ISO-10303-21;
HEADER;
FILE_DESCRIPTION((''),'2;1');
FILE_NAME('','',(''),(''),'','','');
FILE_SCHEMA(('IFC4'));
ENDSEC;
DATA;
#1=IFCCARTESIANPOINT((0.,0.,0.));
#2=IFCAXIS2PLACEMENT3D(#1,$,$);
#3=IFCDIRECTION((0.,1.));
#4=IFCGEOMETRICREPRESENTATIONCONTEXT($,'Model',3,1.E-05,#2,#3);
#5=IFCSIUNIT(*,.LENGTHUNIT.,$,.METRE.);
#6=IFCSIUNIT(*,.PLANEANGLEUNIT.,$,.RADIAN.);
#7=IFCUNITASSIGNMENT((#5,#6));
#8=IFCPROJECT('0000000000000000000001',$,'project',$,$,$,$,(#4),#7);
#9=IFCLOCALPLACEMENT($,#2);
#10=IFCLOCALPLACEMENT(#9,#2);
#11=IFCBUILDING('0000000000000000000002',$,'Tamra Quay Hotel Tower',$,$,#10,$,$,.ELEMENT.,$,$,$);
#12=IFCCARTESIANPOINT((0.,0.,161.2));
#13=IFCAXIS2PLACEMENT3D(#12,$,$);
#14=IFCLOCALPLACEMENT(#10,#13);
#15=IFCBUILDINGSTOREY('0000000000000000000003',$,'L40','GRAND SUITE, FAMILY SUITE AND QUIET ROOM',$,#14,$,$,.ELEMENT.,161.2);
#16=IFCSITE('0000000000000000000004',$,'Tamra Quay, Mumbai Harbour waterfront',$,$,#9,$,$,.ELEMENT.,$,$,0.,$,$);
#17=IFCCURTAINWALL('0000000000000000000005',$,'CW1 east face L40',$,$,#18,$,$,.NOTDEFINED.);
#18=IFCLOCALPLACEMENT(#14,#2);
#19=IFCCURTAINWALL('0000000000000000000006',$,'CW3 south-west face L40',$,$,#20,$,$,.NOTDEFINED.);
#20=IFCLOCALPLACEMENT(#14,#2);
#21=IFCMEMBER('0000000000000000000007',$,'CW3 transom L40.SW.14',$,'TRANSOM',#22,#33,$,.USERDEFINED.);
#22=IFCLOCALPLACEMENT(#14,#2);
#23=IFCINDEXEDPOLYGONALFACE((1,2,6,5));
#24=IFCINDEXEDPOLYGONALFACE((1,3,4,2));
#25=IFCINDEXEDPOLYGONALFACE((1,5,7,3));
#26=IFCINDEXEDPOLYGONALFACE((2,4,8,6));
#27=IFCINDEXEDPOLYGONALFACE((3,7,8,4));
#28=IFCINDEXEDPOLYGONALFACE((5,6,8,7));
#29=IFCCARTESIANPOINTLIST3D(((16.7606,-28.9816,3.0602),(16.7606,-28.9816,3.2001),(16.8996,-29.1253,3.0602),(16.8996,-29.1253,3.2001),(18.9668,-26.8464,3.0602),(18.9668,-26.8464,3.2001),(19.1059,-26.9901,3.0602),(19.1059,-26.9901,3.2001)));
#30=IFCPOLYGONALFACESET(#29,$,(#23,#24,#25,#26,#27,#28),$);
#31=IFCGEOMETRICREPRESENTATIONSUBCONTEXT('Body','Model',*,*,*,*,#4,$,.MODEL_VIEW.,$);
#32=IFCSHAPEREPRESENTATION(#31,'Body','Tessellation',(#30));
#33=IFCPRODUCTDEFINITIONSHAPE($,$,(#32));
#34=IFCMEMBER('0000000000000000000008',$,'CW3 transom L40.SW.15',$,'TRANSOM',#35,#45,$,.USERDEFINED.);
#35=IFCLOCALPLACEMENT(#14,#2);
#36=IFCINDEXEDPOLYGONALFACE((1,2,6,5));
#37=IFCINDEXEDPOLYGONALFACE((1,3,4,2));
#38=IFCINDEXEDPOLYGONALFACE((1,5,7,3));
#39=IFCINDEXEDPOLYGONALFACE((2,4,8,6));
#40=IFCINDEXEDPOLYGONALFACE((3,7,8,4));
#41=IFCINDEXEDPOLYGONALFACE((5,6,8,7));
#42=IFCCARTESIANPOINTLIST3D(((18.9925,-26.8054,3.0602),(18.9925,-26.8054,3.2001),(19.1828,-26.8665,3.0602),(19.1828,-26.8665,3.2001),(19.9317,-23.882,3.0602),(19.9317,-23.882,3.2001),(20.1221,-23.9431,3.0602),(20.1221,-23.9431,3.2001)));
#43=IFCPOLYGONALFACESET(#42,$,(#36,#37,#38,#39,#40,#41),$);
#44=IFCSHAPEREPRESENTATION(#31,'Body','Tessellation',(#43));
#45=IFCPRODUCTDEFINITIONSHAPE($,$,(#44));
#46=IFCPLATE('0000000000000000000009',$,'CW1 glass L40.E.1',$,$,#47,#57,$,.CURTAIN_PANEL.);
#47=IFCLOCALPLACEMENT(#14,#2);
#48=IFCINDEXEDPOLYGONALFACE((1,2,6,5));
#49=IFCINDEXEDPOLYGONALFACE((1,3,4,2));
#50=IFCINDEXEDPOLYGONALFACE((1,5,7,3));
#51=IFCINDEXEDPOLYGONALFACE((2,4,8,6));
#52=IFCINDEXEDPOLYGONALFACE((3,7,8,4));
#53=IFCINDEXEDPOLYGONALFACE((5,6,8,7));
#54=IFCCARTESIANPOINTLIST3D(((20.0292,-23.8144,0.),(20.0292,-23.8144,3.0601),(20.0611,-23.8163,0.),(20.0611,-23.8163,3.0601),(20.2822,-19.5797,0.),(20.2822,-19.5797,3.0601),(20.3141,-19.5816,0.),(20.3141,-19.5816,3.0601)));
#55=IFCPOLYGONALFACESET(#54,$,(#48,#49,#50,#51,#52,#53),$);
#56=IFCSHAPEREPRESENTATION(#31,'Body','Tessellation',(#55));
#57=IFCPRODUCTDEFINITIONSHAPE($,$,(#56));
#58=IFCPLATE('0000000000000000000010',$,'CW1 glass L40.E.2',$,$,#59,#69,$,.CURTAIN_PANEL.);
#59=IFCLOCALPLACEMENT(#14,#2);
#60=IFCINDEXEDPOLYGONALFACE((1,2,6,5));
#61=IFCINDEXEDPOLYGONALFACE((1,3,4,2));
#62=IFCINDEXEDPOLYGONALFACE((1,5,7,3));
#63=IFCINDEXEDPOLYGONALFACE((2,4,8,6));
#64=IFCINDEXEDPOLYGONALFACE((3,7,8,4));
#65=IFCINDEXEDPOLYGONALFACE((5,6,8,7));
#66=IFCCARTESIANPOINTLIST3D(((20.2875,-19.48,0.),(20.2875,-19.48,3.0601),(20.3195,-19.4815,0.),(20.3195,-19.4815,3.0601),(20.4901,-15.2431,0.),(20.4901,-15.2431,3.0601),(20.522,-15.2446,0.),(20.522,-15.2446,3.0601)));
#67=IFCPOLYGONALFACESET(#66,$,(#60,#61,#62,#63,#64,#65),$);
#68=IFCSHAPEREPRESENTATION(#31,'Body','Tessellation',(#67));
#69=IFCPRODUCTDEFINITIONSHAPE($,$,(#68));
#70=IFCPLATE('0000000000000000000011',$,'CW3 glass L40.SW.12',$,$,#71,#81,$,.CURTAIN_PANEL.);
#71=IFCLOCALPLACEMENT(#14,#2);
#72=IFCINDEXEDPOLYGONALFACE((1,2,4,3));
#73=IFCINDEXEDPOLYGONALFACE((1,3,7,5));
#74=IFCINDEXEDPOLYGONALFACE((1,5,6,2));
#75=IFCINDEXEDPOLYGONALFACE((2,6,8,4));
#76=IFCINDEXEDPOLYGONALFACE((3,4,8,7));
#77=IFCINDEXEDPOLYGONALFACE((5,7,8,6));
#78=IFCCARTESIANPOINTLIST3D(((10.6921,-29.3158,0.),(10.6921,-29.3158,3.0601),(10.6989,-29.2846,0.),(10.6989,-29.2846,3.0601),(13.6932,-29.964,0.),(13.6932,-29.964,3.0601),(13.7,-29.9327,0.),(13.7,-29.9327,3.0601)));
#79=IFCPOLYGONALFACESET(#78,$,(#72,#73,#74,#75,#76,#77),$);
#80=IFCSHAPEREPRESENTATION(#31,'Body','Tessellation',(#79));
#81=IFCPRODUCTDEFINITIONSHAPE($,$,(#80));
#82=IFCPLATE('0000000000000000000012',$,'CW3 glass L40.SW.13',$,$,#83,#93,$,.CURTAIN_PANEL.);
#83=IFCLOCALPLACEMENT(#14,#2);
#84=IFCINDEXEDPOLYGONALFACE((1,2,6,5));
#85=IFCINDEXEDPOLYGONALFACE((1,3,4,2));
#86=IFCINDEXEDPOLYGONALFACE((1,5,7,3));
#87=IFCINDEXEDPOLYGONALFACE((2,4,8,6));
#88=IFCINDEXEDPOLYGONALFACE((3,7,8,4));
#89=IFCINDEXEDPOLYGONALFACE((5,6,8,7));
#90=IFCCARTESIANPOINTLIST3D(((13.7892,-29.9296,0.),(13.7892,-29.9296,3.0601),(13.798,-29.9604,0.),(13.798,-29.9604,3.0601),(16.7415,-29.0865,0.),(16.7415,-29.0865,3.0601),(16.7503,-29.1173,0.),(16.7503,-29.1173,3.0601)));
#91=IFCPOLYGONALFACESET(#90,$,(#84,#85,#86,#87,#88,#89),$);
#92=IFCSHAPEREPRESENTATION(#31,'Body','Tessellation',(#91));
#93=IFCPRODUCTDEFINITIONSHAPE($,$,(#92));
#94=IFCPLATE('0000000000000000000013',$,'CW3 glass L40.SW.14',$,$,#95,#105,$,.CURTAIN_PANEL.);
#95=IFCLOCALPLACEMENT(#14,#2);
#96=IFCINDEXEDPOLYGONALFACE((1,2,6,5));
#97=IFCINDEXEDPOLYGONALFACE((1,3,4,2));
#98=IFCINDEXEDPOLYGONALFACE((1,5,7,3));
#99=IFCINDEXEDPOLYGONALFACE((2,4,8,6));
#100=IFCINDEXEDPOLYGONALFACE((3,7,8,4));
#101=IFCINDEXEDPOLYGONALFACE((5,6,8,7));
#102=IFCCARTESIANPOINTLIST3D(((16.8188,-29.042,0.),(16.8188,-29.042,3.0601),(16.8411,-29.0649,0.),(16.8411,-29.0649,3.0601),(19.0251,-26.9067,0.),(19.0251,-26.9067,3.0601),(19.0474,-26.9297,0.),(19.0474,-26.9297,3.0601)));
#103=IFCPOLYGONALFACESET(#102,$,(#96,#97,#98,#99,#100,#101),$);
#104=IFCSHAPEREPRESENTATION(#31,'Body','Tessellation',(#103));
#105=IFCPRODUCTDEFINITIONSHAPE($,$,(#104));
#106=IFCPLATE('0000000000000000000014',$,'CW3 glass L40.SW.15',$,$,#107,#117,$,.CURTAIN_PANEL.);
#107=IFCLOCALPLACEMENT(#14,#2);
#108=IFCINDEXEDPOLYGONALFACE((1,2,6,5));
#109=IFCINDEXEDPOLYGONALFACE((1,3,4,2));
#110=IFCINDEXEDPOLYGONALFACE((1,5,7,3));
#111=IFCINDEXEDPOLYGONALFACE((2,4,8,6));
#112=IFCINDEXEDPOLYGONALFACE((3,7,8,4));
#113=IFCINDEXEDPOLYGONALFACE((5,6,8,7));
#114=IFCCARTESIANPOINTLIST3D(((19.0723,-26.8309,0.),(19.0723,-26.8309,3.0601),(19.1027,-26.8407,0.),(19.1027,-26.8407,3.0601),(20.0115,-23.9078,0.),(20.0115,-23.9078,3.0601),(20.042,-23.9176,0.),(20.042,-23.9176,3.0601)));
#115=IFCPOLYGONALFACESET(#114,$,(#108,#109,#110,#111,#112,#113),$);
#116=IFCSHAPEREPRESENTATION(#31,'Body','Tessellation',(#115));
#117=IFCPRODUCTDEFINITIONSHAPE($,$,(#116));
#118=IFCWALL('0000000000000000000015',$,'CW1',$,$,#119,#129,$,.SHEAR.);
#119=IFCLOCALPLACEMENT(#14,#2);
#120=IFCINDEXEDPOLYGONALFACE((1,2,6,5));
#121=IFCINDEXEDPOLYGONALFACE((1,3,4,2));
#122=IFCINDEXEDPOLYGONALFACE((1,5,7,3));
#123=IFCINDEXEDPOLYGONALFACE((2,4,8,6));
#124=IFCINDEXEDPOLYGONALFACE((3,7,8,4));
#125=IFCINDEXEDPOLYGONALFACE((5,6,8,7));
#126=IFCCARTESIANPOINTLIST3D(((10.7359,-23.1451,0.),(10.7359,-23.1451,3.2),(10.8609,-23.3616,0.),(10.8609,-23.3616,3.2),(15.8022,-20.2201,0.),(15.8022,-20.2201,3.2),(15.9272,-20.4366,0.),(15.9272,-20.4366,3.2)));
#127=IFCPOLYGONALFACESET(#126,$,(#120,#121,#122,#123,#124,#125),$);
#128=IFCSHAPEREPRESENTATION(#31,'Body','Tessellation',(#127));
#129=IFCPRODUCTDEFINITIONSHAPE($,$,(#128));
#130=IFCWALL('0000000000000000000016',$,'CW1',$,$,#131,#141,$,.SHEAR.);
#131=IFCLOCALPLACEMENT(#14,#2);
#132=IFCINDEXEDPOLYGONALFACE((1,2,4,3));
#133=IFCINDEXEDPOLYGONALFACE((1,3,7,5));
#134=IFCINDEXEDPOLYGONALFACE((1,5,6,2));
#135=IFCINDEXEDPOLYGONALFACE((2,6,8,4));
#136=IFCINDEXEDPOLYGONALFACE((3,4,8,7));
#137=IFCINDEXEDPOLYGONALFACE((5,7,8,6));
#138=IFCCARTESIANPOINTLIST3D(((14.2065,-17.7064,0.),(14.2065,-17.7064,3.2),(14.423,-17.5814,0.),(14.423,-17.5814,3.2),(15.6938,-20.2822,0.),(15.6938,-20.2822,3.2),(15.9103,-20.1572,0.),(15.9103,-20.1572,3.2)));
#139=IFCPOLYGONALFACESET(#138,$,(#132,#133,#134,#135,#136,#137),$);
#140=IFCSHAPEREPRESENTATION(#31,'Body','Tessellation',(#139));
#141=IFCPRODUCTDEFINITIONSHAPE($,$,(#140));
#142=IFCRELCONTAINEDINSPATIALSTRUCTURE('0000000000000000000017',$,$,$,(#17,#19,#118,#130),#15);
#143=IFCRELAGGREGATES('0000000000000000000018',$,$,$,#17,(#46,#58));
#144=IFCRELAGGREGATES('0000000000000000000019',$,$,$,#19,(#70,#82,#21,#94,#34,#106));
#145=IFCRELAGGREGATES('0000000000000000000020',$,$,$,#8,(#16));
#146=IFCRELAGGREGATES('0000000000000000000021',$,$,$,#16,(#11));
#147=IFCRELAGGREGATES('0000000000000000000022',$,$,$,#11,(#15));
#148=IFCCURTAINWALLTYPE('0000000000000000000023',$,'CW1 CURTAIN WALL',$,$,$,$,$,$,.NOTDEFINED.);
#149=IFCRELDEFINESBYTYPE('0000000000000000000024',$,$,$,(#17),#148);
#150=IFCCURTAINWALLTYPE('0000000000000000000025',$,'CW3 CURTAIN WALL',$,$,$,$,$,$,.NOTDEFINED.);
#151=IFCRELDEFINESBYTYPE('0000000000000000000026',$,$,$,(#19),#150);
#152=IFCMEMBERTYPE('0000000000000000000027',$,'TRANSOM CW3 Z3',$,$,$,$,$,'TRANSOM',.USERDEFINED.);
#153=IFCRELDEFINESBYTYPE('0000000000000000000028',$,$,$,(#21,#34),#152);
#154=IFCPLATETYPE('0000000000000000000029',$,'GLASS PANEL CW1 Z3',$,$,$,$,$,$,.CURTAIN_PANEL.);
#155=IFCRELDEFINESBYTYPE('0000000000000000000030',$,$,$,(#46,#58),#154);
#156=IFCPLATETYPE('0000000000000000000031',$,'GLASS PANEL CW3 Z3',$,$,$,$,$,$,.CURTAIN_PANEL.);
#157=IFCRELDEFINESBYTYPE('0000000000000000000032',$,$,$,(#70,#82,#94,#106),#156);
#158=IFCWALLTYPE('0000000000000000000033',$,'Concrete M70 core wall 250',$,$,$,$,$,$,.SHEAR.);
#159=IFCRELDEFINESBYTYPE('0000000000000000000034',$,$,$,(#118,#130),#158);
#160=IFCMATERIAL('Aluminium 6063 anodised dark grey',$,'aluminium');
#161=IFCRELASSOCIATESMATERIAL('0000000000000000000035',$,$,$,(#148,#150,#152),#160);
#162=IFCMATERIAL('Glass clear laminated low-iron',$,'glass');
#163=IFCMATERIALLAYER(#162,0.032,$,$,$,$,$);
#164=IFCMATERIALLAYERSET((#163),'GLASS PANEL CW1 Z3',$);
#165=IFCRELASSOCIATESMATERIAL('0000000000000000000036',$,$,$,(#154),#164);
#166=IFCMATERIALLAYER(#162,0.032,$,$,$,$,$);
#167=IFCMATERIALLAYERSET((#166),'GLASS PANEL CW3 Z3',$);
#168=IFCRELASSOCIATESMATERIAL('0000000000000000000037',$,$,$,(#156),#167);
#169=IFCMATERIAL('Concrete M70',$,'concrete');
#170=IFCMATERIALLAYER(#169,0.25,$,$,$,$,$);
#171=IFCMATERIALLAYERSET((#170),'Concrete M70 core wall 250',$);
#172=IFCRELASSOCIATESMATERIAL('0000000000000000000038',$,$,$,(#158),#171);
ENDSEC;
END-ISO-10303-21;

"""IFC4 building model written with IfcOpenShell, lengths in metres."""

from ifc_helpers import new_model, si_unit, direction, frame, frame_2d, origin, origin_2d, place, context, subcontext, project, spatial, rectangle, extrude, material, layer, layer_set, material_profile, profile_set, type_object, element, aggregate, save


model = new_model("IFC4")

# Units and contexts
model_context = context("Model", 3, precision=1e-05, world=origin(), true_north=direction((0.0, 1.0)))
body_context = subcontext(model_context, "Body", "Model", "MODEL_VIEW")
ifc_project = project(units=[si_unit("LENGTHUNIT", "METRE"), si_unit("PLANEANGLEUNIT", "RADIAN")], contexts=[model_context])

# Site, building, storey
site_placement = place(None, origin())
site = spatial("IfcSite", under=ifc_project, at=site_placement, Name="Tamra Quay, Mumbai Harbour waterfront", CompositionType="ELEMENT", RefElevation=0.0)
building_placement = place(site_placement, origin())
building = spatial("IfcBuilding", under=site, at=building_placement, Name="Tamra Quay Hotel Tower", CompositionType="ELEMENT")
storey_placement = place(building_placement, frame((0.0, 0.0, 161.2)))
storey = spatial("IfcBuildingStorey", under=building, at=storey_placement, Name="L40", Description="GRAND SUITE, FAMILY SUITE AND QUIET ROOM", CompositionType="ELEMENT", Elevation=161.2)

# Shared definitions
ifc_material_1 = material(Name="Concrete M70", Category="concrete")

# Curtain wall
ifc_material_2 = material(Name="Aluminium 6063 anodised dark grey", Category="aluminium")
curtain_wall_type_1 = type_object("IfcCurtainWallType", Name="CW1 CURTAIN WALL", PredefinedType="NOTDEFINED", material=ifc_material_2)
curtain_wall_1_placement = place(storey_placement, origin())
curtain_wall_1 = element("IfcCurtainWall", 1, at=curtain_wall_1_placement, inside=storey, type_object=curtain_wall_type_1, Name="CW1 east face L40", PredefinedType="NOTDEFINED")

# Curtain wall
curtain_wall_type_2 = type_object("IfcCurtainWallType", Name="CW3 CURTAIN WALL", PredefinedType="NOTDEFINED", material=ifc_material_2)
curtain_wall_2_placement = place(storey_placement, origin())
curtain_wall_2 = element("IfcCurtainWall", 2, at=curtain_wall_2_placement, inside=storey, type_object=curtain_wall_type_2, Name="CW3 south-west face L40", PredefinedType="NOTDEFINED")

# Members
ifc_material_profile_1 = material_profile(ifc_material_2, rectangle(XDim=0.2, YDim=0.1399, at=origin_2d()), Name="TRANSOM 200X140")
ifc_profile_set_1 = profile_set([ifc_material_profile_1], Name="Aluminium 6063 anodised dark grey")
member_type_1 = type_object("IfcMemberType", Name="TRANSOM CW3 Z3", ElementType="TRANSOM", PredefinedType="USERDEFINED", material=ifc_profile_set_1)
member_1_placement = place(storey_placement, frame((16.8301, -29.0535, 3.1301), z_axis=(0.718582, 0.695443, 0.0), x_axis=(-0.695443, 0.718582, 0.0)))
member_1 = element("IfcMember", 3, at=member_1_placement, type_object=member_type_1, Name="CW3 transom L40.SW.14", ObjectType="TRANSOM", PredefinedType="USERDEFINED", context=body_context, shape_type="SweptSolid", body=[
    extrude(rectangle(XDim=0.2, YDim=0.1399, at=origin_2d()), origin(), (0.0, 0.0, 1.0), 3.0703),
])
member_2_placement = place(storey_placement, frame((19.0876, -26.8359, 3.1301), z_axis=(0.30588, 0.95207, 0.0), x_axis=(-0.95207, 0.30588, 0.0)))
member_2 = element("IfcMember", 4, at=member_2_placement, type_object=member_type_1, Name="CW3 transom L40.SW.15", ObjectType="TRANSOM", PredefinedType="USERDEFINED", context=body_context, shape_type="SweptSolid", body=[
    extrude(rectangle(XDim=0.2, YDim=0.1399, at=origin_2d()), origin(), (0.0, 0.0, 1.0), 3.0706),
])

# Plates
ifc_material_3 = material(Name="Glass clear laminated low-iron", Category="glass")
ifc_layer_1 = layer(ifc_material_3, 0.032)
ifc_layer_set_1 = layer_set([ifc_layer_1], Name="GLASS PANEL CW1 Z3")
plate_type_1 = type_object("IfcPlateType", Name="GLASS PANEL CW1 Z3", PredefinedType="CURTAIN_PANEL", material=ifc_layer_set_1)
plate_1_placement = place(storey_placement, frame((20.1716, -21.698, 0.0), z_axis=(0.0, 0.0, 1.0), x_axis=(0.059642, 0.99822, 0.0)))
plate_1 = element("IfcPlate", 5, at=plate_1_placement, type_object=plate_type_1, Name="CW1 glass L40.E.1", PredefinedType="CURTAIN_PANEL", context=body_context, shape_type="SweptSolid", body=[
    extrude(rectangle(XDim=4.2422, YDim=0.032, at=origin_2d()), origin(), (0.0, 0.0, 1.0), 3.0601),
])
plate_2_placement = place(storey_placement, frame((20.4048, -17.3623, 0.0), z_axis=(0.0, 0.0, 1.0), x_axis=(0.047747, 0.998859, 0.0)))
plate_2 = element("IfcPlate", 6, at=plate_2_placement, type_object=plate_type_1, Name="CW1 glass L40.E.2", PredefinedType="CURTAIN_PANEL", context=body_context, shape_type="SweptSolid", body=[
    extrude(rectangle(XDim=4.2417, YDim=0.032, at=origin_2d()), origin(), (0.0, 0.0, 1.0), 3.0601),
])
aggregate(curtain_wall_1, [plate_1, plate_2])
ifc_layer_2 = layer(ifc_material_3, 0.032)
ifc_layer_set_2 = layer_set([ifc_layer_2], Name="GLASS PANEL CW3 Z3")
plate_type_2 = type_object("IfcPlateType", Name="GLASS PANEL CW3 Z3", PredefinedType="CURTAIN_PANEL", material=ifc_layer_set_2)
plate_3_placement = place(storey_placement, frame((12.196, -29.6243, 0.0), z_axis=(0.0, 0.0, 1.0), x_axis=(0.977465, -0.211099, 0.0)))
plate_3 = element("IfcPlate", 7, at=plate_3_placement, type_object=plate_type_2, Name="CW3 glass L40.SW.12", PredefinedType="CURTAIN_PANEL", context=body_context, shape_type="SweptSolid", body=[
    extrude(rectangle(XDim=3.0703, YDim=0.032, at=origin_2d()), origin(), (0.0, 0.0, 1.0), 3.0601),
])
plate_4_placement = place(storey_placement, frame((15.2698, -29.5234, 0.0), z_axis=(0.0, 0.0, 1.0), x_axis=(0.961561, 0.274593, 0.0)))
plate_4 = element("IfcPlate", 8, at=plate_4_placement, type_object=plate_type_2, Name="CW3 glass L40.SW.13", PredefinedType="CURTAIN_PANEL", context=body_context, shape_type="SweptSolid", body=[
    extrude(rectangle(XDim=3.0703, YDim=0.032, at=origin_2d()), origin(), (0.0, 0.0, 1.0), 3.0601),
])
plate_5_placement = place(storey_placement, frame((17.9331, -27.9858, 0.0), z_axis=(0.0, 0.0, 1.0), x_axis=(0.718584, 0.69544, 0.0)))
plate_5 = element("IfcPlate", 9, at=plate_5_placement, type_object=plate_type_2, Name="CW3 glass L40.SW.14", PredefinedType="CURTAIN_PANEL", context=body_context, shape_type="SweptSolid", body=[
    extrude(rectangle(XDim=3.0703, YDim=0.032, at=origin_2d()), origin(), (0.0, 0.0, 1.0), 3.0601),
])
plate_6_placement = place(storey_placement, frame((19.5571, -25.3743, 0.0), z_axis=(0.0, 0.0, 1.0), x_axis=(0.305915, 0.952059, 0.0)))
plate_6 = element("IfcPlate", 10, at=plate_6_placement, type_object=plate_type_2, Name="CW3 glass L40.SW.15", PredefinedType="CURTAIN_PANEL", context=body_context, shape_type="SweptSolid", body=[
    extrude(rectangle(XDim=3.0703, YDim=0.032, at=origin_2d()), origin(), (0.0, 0.0, 1.0), 3.0601),
])
aggregate(curtain_wall_2, [plate_3, plate_4, member_1, plate_5, member_2, plate_6])

# Walls
ifc_layer_3 = layer(ifc_material_1, 0.25)
ifc_layer_set_3 = layer_set([ifc_layer_3], Name="Concrete M70 core wall 250")
wall_type = type_object("IfcWallType", Name="Concrete M70 core wall 250", PredefinedType="SHEAR", material=ifc_layer_set_3)
wall_1_placement = place(storey_placement, frame((15.8647, -20.3284, 0.0), z_axis=(0.0, 0.0, 1.0), x_axis=(-0.866029, -0.499995, 0.0)))
element("IfcWall", 11, at=wall_1_placement, inside=storey, type_object=wall_type, Name="CW1", PredefinedType="SHEAR", context=body_context, shape_type="SweptSolid", body=[
    extrude(rectangle(XDim=5.8501, YDim=0.25, at=frame_2d((2.925, 0.0))), origin(), (0.0, 0.0, 1.0), 3.2),
])
wall_2_placement = place(storey_placement, frame((14.3147, -17.6438, 0.0), z_axis=(0.0, 0.0, 1.0), x_axis=(0.500023, -0.866012, 0.0)))
element("IfcWall", 12, at=wall_2_placement, inside=storey, type_object=wall_type, Name="CW1", PredefinedType="SHEAR", context=body_context, shape_type="SweptSolid", body=[
    extrude(rectangle(XDim=2.9744, YDim=0.25, at=frame_2d((1.4873, 0.0))), origin(), (0.0, 0.0, 1.0), 3.2),
])

save(model, "model.ifc")
